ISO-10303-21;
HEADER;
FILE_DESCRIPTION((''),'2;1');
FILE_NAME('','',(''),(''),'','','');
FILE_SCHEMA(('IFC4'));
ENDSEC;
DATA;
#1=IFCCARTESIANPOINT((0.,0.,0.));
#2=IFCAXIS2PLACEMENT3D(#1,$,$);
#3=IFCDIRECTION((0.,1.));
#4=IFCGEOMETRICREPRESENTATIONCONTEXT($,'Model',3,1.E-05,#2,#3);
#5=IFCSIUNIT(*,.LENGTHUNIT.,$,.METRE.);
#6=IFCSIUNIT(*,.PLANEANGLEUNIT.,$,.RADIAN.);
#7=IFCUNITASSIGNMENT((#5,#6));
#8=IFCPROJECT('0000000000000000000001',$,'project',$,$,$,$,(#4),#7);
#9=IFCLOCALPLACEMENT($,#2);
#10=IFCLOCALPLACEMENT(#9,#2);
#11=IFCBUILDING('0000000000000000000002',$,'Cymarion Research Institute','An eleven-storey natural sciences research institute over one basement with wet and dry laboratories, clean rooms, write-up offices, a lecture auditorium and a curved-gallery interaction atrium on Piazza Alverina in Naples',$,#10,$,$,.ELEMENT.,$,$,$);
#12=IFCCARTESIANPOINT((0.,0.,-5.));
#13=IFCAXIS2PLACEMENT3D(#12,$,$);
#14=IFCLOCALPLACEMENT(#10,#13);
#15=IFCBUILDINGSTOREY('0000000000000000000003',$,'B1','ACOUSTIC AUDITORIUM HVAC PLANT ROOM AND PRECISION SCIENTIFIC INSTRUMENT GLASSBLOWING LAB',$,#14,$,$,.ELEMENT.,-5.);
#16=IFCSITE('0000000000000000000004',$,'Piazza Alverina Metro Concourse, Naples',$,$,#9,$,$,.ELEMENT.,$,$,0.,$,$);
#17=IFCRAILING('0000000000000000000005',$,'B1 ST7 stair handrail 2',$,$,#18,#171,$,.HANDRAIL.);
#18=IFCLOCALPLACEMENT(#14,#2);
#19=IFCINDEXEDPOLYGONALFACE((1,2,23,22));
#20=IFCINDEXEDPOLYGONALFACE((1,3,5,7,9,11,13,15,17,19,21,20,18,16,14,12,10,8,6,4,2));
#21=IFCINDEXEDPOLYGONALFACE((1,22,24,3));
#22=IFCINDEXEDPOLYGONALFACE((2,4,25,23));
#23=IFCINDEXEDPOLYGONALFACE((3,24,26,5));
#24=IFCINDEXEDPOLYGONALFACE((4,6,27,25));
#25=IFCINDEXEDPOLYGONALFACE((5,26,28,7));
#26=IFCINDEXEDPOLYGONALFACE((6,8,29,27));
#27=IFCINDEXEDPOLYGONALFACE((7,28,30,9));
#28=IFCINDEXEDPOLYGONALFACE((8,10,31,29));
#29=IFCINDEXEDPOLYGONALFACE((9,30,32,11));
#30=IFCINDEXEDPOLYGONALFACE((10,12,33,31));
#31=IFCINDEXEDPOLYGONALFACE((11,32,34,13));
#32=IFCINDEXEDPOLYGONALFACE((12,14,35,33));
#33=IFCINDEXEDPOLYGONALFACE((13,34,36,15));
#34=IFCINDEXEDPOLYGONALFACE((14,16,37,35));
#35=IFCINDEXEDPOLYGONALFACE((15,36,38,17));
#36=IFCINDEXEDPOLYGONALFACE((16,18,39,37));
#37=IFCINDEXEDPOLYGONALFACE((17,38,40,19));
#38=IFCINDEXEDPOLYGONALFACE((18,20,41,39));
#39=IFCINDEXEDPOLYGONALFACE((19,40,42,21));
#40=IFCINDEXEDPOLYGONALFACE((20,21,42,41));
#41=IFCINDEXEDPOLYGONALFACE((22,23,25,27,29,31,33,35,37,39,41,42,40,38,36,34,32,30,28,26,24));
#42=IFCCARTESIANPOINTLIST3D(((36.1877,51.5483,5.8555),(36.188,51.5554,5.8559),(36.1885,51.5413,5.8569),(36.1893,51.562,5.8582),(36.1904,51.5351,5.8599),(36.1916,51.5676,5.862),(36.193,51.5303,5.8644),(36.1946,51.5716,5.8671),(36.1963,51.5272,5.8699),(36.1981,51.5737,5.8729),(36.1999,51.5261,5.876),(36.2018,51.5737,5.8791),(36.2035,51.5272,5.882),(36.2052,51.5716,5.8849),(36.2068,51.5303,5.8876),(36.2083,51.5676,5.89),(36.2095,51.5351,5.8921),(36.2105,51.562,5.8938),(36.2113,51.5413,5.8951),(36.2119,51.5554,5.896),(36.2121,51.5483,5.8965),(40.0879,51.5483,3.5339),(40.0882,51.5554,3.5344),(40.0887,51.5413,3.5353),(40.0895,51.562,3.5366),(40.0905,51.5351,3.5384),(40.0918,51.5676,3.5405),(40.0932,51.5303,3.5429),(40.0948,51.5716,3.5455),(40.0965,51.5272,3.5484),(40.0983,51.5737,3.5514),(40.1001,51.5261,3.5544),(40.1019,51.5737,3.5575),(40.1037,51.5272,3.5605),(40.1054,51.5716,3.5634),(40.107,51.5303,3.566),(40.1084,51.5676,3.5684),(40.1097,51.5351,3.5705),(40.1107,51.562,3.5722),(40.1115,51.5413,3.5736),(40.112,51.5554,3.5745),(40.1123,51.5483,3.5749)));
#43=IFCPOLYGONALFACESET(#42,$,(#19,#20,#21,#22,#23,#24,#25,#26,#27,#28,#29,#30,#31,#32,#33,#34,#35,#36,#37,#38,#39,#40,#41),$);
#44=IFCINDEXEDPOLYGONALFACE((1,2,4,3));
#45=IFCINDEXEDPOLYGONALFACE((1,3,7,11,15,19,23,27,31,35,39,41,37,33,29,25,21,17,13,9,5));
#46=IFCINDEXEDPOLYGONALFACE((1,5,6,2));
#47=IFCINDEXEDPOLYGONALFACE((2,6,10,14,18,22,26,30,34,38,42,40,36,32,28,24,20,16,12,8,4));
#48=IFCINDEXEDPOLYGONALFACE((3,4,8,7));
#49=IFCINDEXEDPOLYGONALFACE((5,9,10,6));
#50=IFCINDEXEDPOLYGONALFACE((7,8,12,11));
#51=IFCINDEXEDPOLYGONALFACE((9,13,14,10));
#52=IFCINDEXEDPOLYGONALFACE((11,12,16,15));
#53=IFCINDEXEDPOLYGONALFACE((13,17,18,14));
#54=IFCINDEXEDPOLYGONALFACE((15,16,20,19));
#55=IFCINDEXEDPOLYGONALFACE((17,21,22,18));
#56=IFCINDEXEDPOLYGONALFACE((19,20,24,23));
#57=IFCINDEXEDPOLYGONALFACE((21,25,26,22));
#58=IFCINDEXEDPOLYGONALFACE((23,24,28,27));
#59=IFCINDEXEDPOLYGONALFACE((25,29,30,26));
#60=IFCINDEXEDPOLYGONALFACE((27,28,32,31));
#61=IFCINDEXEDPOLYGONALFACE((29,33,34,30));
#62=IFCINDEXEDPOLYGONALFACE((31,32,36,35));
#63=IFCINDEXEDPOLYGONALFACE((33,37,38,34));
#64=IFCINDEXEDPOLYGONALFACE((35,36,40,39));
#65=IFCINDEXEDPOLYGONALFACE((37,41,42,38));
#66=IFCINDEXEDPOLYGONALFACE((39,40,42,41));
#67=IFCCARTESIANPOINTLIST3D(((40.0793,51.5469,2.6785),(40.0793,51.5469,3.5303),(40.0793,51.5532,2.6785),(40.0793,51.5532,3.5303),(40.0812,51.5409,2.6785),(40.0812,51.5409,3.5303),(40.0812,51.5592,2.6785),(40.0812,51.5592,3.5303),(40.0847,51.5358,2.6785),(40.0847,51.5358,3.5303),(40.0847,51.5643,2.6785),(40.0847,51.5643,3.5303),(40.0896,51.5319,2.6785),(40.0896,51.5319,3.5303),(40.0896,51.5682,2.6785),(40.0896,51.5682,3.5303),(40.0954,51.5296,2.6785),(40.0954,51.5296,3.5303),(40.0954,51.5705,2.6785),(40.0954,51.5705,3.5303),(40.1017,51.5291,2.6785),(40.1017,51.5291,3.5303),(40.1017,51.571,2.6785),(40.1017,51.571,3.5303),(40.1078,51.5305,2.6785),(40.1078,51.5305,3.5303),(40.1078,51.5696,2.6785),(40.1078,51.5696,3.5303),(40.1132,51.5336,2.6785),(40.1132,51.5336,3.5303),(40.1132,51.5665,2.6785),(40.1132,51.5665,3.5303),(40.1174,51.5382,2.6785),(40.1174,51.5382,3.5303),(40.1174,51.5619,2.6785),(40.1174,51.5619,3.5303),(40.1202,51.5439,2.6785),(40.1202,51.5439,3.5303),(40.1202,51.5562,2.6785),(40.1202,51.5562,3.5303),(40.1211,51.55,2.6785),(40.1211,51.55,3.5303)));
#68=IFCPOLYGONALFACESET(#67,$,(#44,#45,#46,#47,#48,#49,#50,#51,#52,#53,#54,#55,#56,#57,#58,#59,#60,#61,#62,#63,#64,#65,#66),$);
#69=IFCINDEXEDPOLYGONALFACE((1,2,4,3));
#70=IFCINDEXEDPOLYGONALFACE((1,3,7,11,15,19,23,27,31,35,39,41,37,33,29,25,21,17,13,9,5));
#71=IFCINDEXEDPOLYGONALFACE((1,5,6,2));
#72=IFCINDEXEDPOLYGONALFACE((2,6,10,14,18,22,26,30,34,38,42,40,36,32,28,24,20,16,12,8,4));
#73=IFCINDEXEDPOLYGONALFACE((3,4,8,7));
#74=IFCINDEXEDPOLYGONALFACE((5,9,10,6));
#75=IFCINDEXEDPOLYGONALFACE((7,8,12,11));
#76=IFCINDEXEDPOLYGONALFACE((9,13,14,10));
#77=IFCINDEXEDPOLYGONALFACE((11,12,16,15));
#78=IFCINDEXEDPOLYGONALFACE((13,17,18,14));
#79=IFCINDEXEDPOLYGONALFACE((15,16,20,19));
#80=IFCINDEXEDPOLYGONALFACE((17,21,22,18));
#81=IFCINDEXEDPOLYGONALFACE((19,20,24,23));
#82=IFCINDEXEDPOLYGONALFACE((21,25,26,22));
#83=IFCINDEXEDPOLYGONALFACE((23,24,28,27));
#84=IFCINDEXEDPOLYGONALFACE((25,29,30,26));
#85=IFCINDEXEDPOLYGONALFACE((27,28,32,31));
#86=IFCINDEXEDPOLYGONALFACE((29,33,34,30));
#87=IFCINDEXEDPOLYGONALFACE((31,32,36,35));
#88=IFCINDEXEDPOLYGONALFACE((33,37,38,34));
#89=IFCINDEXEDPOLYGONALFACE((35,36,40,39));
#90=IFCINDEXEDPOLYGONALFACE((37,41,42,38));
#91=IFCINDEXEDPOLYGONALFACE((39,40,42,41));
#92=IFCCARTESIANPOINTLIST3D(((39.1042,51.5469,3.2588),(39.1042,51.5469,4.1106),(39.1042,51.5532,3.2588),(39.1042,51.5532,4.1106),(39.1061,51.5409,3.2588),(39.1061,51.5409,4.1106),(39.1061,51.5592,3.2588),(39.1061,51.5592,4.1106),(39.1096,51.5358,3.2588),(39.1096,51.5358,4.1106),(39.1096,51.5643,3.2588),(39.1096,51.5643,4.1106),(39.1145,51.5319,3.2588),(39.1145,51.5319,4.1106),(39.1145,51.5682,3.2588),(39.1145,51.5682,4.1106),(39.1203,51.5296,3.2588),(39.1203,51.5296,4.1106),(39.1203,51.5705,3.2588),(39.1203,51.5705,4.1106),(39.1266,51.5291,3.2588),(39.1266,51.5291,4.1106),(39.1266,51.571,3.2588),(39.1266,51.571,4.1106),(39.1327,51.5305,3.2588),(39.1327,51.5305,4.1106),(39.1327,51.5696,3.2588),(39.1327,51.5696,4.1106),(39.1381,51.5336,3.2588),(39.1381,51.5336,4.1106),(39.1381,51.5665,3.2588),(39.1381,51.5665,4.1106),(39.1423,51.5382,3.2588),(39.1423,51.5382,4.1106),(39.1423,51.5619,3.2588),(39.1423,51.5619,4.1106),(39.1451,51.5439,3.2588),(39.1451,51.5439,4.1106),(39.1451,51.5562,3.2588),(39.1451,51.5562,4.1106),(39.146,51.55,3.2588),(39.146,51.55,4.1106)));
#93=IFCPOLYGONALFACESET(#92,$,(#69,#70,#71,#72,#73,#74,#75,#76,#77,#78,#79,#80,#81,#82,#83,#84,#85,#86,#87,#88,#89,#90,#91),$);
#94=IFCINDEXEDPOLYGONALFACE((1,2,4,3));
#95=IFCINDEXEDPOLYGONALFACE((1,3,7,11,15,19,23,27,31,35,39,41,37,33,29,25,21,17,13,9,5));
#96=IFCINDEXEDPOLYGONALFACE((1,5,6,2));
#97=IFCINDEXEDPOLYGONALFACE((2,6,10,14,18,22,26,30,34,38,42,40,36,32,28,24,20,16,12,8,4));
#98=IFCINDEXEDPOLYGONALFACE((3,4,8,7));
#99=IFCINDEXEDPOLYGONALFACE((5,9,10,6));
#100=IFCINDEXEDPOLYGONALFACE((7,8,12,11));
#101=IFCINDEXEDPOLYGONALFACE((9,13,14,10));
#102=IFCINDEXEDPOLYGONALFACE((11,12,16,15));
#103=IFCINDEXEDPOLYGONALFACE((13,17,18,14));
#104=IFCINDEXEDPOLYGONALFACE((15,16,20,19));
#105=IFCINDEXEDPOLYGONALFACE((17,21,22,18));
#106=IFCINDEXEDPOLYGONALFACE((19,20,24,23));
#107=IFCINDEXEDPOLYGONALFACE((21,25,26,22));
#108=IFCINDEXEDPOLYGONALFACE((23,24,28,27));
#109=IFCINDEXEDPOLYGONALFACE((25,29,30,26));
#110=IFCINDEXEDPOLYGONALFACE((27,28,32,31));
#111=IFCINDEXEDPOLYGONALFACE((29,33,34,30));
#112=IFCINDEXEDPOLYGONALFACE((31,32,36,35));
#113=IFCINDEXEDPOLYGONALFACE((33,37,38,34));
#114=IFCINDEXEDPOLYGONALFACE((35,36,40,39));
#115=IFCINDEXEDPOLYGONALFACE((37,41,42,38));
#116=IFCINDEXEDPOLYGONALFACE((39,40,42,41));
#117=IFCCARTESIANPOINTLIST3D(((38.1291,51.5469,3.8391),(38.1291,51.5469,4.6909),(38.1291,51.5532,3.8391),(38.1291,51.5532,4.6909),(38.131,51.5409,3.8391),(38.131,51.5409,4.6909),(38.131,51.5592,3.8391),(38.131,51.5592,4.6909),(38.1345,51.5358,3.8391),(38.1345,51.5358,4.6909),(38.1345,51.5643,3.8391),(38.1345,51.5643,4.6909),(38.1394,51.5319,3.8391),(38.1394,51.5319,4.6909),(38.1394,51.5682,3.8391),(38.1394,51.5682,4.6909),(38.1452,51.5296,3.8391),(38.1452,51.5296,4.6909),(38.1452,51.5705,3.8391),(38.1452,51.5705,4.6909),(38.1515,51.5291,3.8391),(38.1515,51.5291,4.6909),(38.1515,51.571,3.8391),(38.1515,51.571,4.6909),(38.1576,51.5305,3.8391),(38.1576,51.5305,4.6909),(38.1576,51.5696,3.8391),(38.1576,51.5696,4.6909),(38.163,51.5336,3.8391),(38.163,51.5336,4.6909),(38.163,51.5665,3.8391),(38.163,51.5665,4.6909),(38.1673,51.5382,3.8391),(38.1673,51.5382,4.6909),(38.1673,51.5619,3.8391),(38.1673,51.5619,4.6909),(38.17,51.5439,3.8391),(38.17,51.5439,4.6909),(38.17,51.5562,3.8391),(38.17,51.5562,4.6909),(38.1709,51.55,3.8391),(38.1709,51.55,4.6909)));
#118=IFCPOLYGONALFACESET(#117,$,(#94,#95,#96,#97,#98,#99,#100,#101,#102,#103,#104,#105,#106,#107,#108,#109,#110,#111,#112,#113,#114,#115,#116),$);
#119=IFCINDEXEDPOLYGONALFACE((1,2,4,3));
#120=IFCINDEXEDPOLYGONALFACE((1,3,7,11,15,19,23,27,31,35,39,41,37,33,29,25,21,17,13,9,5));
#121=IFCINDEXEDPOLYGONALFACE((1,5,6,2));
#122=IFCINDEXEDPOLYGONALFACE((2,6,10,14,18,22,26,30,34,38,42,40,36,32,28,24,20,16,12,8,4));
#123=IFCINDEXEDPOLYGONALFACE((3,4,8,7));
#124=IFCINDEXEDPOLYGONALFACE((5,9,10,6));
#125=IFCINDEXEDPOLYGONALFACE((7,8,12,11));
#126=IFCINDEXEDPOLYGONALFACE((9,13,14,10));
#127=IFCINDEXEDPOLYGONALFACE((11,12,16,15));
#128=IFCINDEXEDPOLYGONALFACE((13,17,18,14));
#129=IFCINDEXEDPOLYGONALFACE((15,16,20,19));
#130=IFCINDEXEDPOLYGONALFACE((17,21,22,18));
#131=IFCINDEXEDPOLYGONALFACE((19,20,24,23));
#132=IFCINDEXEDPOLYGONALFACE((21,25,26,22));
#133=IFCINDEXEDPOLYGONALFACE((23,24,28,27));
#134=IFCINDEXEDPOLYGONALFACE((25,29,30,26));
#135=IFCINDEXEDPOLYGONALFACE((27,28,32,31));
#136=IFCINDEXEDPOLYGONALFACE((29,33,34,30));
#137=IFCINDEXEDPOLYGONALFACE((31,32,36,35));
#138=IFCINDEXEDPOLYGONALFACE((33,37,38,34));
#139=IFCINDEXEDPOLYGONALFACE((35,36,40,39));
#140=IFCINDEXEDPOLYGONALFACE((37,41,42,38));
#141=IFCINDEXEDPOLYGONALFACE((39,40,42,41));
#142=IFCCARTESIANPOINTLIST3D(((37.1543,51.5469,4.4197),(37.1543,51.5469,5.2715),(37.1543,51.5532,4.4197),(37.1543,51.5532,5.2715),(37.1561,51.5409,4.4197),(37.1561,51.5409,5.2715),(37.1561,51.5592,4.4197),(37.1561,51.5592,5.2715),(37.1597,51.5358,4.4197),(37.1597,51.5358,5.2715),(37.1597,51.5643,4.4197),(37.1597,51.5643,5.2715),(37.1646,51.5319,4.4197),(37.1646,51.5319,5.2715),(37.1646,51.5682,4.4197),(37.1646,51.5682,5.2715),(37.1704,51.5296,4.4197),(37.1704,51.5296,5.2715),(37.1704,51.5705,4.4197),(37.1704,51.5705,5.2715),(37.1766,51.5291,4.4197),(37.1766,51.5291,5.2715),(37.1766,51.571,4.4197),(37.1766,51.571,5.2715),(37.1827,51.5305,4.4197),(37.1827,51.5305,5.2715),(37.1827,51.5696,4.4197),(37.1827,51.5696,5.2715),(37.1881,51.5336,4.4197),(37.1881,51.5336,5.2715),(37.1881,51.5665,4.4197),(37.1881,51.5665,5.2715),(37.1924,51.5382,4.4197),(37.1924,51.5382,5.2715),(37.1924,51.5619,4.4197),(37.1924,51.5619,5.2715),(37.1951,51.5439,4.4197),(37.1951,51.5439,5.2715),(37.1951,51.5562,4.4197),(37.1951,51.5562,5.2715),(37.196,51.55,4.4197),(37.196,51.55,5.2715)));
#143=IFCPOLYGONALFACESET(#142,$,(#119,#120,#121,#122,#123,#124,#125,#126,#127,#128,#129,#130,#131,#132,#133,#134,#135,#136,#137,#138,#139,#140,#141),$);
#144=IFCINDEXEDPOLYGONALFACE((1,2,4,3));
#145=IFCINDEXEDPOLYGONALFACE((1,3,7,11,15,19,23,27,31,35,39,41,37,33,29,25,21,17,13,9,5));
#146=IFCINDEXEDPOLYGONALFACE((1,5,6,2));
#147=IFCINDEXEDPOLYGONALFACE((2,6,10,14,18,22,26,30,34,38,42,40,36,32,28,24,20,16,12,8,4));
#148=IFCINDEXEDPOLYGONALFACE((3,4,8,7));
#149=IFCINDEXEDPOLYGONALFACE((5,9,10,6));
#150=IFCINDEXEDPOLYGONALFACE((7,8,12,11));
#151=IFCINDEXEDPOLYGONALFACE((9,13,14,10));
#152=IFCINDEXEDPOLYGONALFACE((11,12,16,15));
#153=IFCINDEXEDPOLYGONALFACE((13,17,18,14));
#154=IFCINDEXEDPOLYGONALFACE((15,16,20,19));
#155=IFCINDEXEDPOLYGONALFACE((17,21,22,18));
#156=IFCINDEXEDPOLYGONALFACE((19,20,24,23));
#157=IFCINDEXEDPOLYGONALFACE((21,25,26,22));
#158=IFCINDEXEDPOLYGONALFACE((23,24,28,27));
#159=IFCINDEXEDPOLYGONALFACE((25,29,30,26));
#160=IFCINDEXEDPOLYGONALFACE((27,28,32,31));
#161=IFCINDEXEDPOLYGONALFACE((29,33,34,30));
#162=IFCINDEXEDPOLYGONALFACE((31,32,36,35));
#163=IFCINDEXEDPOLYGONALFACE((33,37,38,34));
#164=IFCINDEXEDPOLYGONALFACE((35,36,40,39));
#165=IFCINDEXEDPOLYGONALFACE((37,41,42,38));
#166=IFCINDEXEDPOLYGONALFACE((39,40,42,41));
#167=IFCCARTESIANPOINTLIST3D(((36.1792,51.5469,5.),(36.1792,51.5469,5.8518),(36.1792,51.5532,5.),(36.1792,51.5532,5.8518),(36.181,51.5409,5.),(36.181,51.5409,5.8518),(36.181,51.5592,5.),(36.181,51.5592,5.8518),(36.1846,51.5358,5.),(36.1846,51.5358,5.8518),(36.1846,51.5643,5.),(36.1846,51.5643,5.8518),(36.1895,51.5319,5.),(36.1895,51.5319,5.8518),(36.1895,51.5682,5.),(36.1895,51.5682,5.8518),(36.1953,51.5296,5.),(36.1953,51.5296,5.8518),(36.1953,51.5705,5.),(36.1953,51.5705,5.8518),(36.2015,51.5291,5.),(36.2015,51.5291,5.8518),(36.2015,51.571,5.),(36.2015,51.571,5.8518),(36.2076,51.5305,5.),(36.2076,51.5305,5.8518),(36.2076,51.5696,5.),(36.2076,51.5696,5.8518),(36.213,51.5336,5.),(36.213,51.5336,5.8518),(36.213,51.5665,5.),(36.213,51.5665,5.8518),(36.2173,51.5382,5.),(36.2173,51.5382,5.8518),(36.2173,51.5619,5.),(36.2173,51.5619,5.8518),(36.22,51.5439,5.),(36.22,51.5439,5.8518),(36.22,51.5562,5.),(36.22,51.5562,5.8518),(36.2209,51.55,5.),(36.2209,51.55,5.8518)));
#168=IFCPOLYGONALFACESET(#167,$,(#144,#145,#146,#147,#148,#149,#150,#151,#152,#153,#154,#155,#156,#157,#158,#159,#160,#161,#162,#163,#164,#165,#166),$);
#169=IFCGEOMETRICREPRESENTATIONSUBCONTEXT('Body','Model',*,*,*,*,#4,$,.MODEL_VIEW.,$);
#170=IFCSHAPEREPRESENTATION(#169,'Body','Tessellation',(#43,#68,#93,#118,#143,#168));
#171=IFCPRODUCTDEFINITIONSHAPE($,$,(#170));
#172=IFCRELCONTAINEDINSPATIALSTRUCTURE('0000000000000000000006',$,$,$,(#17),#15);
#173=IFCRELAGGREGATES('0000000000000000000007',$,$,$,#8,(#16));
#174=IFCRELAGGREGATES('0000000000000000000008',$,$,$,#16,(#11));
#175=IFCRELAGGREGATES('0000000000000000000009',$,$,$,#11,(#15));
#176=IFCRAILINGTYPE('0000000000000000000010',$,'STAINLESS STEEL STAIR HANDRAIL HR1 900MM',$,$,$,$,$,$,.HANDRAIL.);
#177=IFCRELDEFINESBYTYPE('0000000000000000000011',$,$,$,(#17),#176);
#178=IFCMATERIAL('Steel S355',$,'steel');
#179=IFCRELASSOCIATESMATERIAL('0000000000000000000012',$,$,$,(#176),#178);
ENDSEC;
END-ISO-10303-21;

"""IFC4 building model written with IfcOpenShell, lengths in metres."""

from ifc_helpers import new_model, si_unit, direction, frame, origin, origin_2d, place, context, subcontext, project, spatial, circle, extrude, material, type_object, element, save


model = new_model("IFC4")

# Units and contexts
model_context = context("Model", 3, precision=1e-05, world=origin(), true_north=direction((0.0, 1.0)))
body_context = subcontext(model_context, "Body", "Model", "MODEL_VIEW")
ifc_project = project(units=[si_unit("LENGTHUNIT", "METRE"), si_unit("PLANEANGLEUNIT", "RADIAN")], contexts=[model_context])

# Site, building, storey
site_placement = place(None, origin())
site = spatial("IfcSite", under=ifc_project, at=site_placement, Name="Piazza Alverina Metro Concourse, Naples", CompositionType="ELEMENT", RefElevation=0.0)
building_placement = place(site_placement, origin())
building = spatial("IfcBuilding", under=site, at=building_placement, Name="Cymarion Research Institute", Description="An eleven-storey natural sciences research institute over one basement with wet and dry laboratories, clean rooms, write-up offices, a lecture auditorium and a curved-gallery interaction atrium on Piazza Alverina in Naples", CompositionType="ELEMENT")
storey_placement = place(building_placement, frame((0.0, 0.0, -5.0)))
storey = spatial("IfcBuildingStorey", under=building, at=storey_placement, Name="B1", Description="ACOUSTIC AUDITORIUM HVAC PLANT ROOM AND PRECISION SCIENTIFIC INSTRUMENT GLASSBLOWING LAB", CompositionType="ELEMENT", Elevation=-5.0)

# Railing
ifc_material_1 = material(Name="Steel S355", Category="steel")
railing_type_1 = type_object("IfcRailingType", Name="STAINLESS STEEL STAIR HANDRAIL HR1 900MM", PredefinedType="HANDRAIL", material=ifc_material_1)
railing_1_placement = place(storey_placement, frame((40.1001, 51.55, 2.6785)))
element("IfcRailing", 1, at=railing_1_placement, inside=storey, type_object=railing_type_1, Name="B1 ST7 stair handrail 2", PredefinedType="HANDRAIL", context=body_context, shape_type="SweptSolid", body=[
    extrude(circle(Radius=0.0239, at=origin_2d()), frame((0.0, 0.0, 0.876), z_axis=(-0.859291, 0.0, 0.511487), x_axis=(0.0, -1.0, 0.0)), (0.0, 0.0, 1.0), 4.5388),
    extrude(circle(Radius=0.021, at=origin_2d()), origin(), (0.0, 0.0, 1.0), 0.8518),
    extrude(circle(Radius=0.021, at=origin_2d()), frame((-0.9751, 0.0, 0.5803)), (0.0, 0.0, 1.0), 0.8518),
    extrude(circle(Radius=0.021, at=origin_2d()), frame((-1.9502, 0.0, 1.1606)), (0.0, 0.0, 1.0), 0.8518),
    extrude(circle(Radius=0.021, at=origin_2d()), frame((-2.925, 0.0, 1.7412)), (0.0, 0.0, 1.0), 0.8518),
    extrude(circle(Radius=0.021, at=origin_2d()), frame((-3.9001, 0.0, 2.3215)), (0.0, 0.0, 1.0), 0.8518),
])

save(model, "model.ifc")
